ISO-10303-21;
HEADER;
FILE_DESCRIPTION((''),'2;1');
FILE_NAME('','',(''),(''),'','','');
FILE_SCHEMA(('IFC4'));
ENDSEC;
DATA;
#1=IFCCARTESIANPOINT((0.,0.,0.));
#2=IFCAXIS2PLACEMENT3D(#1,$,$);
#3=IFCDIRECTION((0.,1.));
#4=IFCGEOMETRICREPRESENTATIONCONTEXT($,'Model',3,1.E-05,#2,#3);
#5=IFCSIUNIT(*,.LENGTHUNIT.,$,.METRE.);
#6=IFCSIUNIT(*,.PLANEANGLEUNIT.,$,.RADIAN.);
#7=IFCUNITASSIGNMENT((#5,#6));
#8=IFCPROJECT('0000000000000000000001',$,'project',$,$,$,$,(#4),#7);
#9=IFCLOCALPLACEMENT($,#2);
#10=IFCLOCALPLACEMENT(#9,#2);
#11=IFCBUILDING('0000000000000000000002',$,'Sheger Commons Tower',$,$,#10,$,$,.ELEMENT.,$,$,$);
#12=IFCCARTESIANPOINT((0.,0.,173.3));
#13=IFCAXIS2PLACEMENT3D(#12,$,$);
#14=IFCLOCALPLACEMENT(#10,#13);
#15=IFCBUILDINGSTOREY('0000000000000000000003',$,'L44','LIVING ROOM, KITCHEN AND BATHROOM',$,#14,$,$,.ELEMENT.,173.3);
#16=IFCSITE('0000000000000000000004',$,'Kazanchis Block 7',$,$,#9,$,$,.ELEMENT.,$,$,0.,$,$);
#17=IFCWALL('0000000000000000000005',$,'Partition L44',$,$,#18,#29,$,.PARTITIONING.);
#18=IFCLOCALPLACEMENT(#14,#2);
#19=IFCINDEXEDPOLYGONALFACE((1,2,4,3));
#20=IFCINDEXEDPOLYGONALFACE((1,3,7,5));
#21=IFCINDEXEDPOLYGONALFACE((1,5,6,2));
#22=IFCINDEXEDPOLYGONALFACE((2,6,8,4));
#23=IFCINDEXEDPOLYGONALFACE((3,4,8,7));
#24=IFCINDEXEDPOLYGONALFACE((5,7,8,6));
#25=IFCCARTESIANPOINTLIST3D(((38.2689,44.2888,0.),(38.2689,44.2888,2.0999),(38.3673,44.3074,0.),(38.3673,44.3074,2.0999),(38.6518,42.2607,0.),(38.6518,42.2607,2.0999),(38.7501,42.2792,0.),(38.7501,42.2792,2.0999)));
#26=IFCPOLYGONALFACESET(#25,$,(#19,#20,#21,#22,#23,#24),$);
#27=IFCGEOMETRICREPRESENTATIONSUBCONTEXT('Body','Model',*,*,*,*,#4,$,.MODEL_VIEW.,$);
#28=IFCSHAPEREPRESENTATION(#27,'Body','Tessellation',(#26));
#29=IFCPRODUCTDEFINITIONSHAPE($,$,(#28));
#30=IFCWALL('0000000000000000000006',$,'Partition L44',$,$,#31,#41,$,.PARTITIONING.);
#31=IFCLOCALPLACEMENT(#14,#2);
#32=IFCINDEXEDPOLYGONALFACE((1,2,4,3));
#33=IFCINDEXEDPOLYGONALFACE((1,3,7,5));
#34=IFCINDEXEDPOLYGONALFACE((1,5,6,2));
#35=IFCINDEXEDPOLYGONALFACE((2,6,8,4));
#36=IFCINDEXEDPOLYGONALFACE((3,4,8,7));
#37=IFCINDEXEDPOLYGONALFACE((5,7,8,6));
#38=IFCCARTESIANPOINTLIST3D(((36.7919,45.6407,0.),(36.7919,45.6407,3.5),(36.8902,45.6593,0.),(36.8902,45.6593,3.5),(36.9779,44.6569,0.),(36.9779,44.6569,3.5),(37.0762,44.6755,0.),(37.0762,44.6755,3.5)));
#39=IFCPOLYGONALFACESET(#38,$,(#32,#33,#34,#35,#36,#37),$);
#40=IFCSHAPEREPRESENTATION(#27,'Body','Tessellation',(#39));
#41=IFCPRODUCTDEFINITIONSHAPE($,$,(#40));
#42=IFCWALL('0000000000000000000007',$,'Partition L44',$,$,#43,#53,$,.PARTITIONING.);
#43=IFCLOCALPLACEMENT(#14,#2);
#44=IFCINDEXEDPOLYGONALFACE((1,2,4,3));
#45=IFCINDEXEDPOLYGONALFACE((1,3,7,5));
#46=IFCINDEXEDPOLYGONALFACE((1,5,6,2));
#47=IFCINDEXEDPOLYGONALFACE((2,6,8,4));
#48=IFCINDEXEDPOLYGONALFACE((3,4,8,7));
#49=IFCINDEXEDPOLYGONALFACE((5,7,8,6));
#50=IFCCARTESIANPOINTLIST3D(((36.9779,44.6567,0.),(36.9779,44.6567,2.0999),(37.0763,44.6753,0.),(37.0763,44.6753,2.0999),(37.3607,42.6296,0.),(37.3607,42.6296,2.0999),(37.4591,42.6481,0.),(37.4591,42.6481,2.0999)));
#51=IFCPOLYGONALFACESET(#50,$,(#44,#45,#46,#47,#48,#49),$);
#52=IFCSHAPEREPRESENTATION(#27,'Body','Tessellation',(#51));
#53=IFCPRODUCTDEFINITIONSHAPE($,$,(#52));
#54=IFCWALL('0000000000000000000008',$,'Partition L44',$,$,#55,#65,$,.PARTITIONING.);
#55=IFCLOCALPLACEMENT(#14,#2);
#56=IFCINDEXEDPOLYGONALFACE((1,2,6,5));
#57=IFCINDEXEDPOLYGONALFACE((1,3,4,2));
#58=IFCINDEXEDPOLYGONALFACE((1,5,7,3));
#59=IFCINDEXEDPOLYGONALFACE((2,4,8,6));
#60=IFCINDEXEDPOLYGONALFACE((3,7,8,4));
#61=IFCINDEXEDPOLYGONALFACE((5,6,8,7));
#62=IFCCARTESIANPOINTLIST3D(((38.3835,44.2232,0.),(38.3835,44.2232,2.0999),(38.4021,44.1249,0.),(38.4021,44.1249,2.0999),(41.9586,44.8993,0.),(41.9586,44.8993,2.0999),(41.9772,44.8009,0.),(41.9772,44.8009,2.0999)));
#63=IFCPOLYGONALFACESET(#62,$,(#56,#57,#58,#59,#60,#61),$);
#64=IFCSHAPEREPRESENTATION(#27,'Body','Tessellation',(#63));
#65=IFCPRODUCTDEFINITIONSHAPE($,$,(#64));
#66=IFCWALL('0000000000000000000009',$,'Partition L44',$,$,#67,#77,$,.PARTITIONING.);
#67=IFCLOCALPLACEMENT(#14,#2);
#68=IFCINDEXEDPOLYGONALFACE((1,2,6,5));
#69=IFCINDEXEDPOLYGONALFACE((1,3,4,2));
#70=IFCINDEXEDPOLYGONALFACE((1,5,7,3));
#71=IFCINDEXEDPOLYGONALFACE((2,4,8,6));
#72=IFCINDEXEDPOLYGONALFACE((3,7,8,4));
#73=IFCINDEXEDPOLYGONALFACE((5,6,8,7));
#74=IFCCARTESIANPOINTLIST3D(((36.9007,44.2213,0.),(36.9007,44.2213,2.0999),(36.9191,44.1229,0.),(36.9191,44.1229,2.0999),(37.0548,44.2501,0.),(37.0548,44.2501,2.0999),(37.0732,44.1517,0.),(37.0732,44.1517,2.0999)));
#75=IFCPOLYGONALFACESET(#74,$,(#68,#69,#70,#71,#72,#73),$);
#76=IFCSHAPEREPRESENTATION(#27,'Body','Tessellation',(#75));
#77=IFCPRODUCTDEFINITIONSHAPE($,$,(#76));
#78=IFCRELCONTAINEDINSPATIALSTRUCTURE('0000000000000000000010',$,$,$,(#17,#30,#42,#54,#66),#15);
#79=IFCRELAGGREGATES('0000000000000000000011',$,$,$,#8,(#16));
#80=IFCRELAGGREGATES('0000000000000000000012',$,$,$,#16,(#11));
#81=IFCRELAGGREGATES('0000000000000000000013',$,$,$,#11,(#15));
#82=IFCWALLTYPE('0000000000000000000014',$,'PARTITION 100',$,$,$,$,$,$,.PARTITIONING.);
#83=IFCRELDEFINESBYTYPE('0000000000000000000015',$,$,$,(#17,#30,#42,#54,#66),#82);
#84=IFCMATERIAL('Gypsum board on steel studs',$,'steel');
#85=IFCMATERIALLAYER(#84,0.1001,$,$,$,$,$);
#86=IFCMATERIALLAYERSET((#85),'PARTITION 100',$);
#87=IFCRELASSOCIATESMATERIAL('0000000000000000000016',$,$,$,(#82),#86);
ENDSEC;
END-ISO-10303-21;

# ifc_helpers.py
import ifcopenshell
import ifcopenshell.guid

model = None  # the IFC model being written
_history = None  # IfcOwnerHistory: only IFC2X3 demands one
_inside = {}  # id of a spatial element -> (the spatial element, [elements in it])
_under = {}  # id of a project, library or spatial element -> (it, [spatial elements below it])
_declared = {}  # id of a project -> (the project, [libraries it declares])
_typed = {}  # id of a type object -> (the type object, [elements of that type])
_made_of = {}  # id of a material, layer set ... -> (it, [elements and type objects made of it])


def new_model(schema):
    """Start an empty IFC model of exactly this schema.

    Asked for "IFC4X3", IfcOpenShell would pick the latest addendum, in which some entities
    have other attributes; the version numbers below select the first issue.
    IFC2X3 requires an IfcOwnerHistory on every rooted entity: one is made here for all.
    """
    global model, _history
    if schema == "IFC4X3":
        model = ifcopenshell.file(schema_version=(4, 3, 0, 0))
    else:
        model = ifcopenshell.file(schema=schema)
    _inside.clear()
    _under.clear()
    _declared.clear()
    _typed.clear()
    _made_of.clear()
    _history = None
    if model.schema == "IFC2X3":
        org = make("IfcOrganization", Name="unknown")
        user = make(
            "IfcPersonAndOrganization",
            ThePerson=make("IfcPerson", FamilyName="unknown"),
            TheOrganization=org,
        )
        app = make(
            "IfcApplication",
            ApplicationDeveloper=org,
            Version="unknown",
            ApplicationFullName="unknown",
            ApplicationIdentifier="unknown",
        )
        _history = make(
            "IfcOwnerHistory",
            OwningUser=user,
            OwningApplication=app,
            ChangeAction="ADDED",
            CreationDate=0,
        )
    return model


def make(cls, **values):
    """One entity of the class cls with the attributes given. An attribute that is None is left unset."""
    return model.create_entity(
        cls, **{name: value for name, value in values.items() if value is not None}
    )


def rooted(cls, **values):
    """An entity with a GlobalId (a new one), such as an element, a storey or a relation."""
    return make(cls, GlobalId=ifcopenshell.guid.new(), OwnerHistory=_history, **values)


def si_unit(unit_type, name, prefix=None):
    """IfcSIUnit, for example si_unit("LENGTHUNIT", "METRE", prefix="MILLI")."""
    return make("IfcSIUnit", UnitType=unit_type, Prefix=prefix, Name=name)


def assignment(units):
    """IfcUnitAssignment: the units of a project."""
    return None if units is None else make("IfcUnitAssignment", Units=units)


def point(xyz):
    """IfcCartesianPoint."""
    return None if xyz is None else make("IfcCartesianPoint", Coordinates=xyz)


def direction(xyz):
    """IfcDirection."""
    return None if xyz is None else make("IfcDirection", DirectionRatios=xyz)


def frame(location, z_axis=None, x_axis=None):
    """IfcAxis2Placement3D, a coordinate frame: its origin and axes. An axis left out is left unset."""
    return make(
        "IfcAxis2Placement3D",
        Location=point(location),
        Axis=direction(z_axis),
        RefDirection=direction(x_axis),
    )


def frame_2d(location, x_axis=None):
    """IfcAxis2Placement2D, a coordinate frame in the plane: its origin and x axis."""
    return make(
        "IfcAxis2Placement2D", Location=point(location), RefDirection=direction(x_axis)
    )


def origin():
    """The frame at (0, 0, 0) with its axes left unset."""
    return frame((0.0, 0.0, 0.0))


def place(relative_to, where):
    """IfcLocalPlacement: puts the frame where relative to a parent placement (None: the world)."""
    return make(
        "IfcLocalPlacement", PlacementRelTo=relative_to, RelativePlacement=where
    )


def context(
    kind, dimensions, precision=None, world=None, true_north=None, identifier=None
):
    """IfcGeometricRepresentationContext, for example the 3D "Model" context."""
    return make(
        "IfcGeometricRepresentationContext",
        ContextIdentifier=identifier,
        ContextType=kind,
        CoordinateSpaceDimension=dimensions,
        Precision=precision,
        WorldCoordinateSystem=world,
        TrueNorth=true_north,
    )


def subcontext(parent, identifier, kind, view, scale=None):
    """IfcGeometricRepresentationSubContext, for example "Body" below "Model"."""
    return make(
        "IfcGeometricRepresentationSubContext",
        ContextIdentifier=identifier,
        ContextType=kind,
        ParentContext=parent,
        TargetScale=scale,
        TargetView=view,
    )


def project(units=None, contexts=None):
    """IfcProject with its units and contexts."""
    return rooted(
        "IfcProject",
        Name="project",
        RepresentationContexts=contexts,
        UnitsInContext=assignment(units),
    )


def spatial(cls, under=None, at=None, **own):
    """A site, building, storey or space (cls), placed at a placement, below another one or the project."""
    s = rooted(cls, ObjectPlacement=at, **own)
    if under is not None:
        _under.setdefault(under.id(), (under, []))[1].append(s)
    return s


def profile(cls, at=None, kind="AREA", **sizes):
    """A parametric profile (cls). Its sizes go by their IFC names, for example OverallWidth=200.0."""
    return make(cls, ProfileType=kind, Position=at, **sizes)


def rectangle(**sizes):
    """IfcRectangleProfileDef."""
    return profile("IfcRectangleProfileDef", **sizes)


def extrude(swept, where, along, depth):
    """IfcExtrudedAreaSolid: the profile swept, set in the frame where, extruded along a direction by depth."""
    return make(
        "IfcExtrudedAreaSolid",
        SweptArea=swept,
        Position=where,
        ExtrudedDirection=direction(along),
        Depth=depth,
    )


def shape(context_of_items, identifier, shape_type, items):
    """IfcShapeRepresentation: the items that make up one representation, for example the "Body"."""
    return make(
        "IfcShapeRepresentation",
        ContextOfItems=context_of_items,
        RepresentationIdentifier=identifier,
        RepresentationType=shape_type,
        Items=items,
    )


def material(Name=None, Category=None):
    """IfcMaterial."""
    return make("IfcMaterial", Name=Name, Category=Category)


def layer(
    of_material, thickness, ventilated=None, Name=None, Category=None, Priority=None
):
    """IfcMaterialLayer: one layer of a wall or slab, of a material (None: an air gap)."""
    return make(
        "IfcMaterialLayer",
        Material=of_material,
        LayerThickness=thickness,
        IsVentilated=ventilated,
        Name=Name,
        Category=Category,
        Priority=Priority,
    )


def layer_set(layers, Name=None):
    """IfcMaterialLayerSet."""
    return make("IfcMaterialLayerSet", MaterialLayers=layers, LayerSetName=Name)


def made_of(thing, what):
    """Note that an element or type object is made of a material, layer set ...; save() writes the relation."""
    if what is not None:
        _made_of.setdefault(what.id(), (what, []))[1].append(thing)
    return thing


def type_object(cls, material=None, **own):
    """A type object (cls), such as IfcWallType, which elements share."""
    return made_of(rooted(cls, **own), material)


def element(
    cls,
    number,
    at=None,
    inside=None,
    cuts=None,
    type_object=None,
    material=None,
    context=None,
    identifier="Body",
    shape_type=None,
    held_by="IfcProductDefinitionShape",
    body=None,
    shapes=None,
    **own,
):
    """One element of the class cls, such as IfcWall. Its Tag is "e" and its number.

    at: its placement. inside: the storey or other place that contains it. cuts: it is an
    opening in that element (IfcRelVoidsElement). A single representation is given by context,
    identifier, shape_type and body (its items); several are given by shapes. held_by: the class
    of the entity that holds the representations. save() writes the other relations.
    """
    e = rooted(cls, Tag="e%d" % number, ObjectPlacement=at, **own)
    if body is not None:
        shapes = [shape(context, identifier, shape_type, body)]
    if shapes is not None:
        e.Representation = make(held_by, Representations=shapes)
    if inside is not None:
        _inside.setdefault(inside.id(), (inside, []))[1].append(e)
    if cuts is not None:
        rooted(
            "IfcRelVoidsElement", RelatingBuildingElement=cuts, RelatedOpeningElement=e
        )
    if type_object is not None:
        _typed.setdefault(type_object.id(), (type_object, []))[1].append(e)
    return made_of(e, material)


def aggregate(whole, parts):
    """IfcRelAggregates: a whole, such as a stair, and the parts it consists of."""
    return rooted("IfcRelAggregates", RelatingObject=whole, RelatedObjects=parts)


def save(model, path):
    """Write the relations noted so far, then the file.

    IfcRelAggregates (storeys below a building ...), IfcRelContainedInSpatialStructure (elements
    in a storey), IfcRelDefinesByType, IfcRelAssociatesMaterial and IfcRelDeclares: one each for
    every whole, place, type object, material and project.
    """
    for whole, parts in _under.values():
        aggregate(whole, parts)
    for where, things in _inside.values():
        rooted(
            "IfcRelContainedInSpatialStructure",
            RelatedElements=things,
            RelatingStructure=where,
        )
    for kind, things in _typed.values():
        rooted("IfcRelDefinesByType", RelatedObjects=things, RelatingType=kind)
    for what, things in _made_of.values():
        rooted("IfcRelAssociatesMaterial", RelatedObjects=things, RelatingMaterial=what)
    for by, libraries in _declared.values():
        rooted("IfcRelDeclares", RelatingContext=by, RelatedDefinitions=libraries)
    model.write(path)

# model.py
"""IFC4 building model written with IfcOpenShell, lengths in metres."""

from ifc_helpers import new_model, si_unit, direction, frame, frame_2d, origin, place, context, subcontext, project, spatial, rectangle, extrude, material, layer, layer_set, type_object, element, save


model = new_model("IFC4")

# Units and contexts
model_context = context("Model", 3, precision=1e-05, world=origin(), true_north=direction((0.0, 1.0)))
body_context = subcontext(model_context, "Body", "Model", "MODEL_VIEW")
ifc_project = project(units=[si_unit("LENGTHUNIT", "METRE"), si_unit("PLANEANGLEUNIT", "RADIAN")], contexts=[model_context])

# Site, building, storey
site_placement = place(None, origin())
site = spatial("IfcSite", under=ifc_project, at=site_placement, Name="Kazanchis Block 7", CompositionType="ELEMENT", RefElevation=0.0)
building_placement = place(site_placement, origin())
building = spatial("IfcBuilding", under=site, at=building_placement, Name="Sheger Commons Tower", CompositionType="ELEMENT")
storey_placement = place(building_placement, frame((0.0, 0.0, 173.3)))
storey = spatial("IfcBuildingStorey", under=building, at=storey_placement, Name="L44", Description="LIVING ROOM, KITCHEN AND BATHROOM", CompositionType="ELEMENT", Elevation=173.3)

# Walls
ifc_material_1 = material(Name="Gypsum board on steel studs", Category="steel")
ifc_layer_1 = layer(ifc_material_1, 0.1001)
ifc_layer_set_1 = layer_set([ifc_layer_1], Name="PARTITION 100")
wall_type_1 = type_object("IfcWallType", Name="PARTITION 100", PredefinedType="PARTITIONING", material=ifc_layer_set_1)
wall_1_placement = place(storey_placement, frame((38.3181, 44.2981, 0.0), z_axis=(0.0, 0.0, 1.0), x_axis=(0.185481, -0.982648, 0.0)))
element("IfcWall", 1, at=wall_1_placement, inside=storey, type_object=wall_type_1, Name="Partition L44", PredefinedType="PARTITIONING", context=body_context, shape_type="SweptSolid", body=[
    extrude(rectangle(XDim=2.064, YDim=0.1001, at=frame_2d((1.032, 0.0))), origin(), (0.0, 0.0, 1.0), 2.0999),
])
wall_2_placement = place(storey_placement, frame((36.8411, 45.6499, 0.0), z_axis=(0.0, 0.0, 1.0), x_axis=(0.18579, -0.982589, 0.0)))
element("IfcWall", 2, at=wall_2_placement, inside=storey, type_object=wall_type_1, Name="Partition L44", PredefinedType="PARTITIONING", context=body_context, shape_type="SweptSolid", body=[
    extrude(rectangle(XDim=1.0012, YDim=0.1001, at=frame_2d((0.5005, 0.0))), origin(), (0.0, 0.0, 1.0), 3.5),
])
wall_3_placement = place(storey_placement, frame((37.0271, 44.666, 0.0), z_axis=(0.0, 0.0, 1.0), x_axis=(0.185567, -0.982632, 0.0)))
element("IfcWall", 3, at=wall_3_placement, inside=storey, type_object=wall_type_1, Name="Partition L44", PredefinedType="PARTITIONING", context=body_context, shape_type="SweptSolid", body=[
    extrude(rectangle(XDim=2.063, YDim=0.1001, at=frame_2d((1.0315, 0.0))), origin(), (0.0, 0.0, 1.0), 2.0999),
])
wall_4_placement = place(storey_placement, frame((41.968, 44.8501, 0.0), z_axis=(0.0, 0.0, 1.0), x_axis=(-0.982586, -0.185808, 0.0)))
element("IfcWall", 4, at=wall_4_placement, inside=storey, type_object=wall_type_1, Name="Partition L44", PredefinedType="PARTITIONING", context=body_context, shape_type="SweptSolid", body=[
    extrude(rectangle(XDim=3.6384, YDim=0.1001, at=frame_2d((1.8193, 0.0))), origin(), (0.0, 0.0, 1.0), 2.0999),
])
wall_5_placement = place(storey_placement, frame((37.064, 44.2009, 0.0), z_axis=(0.0, 0.0, 1.0), x_axis=(-0.98296, -0.183818, 0.0)))
element("IfcWall", 5, at=wall_5_placement, inside=storey, type_object=wall_type_1, Name="Partition L44", PredefinedType="PARTITIONING", context=body_context, shape_type="SweptSolid", body=[
    extrude(rectangle(XDim=0.1567, YDim=0.1001, at=frame_2d((0.0784, 0.0))), origin(), (0.0, 0.0, 1.0), 2.0999),
])

save(model, "model.ifc")
